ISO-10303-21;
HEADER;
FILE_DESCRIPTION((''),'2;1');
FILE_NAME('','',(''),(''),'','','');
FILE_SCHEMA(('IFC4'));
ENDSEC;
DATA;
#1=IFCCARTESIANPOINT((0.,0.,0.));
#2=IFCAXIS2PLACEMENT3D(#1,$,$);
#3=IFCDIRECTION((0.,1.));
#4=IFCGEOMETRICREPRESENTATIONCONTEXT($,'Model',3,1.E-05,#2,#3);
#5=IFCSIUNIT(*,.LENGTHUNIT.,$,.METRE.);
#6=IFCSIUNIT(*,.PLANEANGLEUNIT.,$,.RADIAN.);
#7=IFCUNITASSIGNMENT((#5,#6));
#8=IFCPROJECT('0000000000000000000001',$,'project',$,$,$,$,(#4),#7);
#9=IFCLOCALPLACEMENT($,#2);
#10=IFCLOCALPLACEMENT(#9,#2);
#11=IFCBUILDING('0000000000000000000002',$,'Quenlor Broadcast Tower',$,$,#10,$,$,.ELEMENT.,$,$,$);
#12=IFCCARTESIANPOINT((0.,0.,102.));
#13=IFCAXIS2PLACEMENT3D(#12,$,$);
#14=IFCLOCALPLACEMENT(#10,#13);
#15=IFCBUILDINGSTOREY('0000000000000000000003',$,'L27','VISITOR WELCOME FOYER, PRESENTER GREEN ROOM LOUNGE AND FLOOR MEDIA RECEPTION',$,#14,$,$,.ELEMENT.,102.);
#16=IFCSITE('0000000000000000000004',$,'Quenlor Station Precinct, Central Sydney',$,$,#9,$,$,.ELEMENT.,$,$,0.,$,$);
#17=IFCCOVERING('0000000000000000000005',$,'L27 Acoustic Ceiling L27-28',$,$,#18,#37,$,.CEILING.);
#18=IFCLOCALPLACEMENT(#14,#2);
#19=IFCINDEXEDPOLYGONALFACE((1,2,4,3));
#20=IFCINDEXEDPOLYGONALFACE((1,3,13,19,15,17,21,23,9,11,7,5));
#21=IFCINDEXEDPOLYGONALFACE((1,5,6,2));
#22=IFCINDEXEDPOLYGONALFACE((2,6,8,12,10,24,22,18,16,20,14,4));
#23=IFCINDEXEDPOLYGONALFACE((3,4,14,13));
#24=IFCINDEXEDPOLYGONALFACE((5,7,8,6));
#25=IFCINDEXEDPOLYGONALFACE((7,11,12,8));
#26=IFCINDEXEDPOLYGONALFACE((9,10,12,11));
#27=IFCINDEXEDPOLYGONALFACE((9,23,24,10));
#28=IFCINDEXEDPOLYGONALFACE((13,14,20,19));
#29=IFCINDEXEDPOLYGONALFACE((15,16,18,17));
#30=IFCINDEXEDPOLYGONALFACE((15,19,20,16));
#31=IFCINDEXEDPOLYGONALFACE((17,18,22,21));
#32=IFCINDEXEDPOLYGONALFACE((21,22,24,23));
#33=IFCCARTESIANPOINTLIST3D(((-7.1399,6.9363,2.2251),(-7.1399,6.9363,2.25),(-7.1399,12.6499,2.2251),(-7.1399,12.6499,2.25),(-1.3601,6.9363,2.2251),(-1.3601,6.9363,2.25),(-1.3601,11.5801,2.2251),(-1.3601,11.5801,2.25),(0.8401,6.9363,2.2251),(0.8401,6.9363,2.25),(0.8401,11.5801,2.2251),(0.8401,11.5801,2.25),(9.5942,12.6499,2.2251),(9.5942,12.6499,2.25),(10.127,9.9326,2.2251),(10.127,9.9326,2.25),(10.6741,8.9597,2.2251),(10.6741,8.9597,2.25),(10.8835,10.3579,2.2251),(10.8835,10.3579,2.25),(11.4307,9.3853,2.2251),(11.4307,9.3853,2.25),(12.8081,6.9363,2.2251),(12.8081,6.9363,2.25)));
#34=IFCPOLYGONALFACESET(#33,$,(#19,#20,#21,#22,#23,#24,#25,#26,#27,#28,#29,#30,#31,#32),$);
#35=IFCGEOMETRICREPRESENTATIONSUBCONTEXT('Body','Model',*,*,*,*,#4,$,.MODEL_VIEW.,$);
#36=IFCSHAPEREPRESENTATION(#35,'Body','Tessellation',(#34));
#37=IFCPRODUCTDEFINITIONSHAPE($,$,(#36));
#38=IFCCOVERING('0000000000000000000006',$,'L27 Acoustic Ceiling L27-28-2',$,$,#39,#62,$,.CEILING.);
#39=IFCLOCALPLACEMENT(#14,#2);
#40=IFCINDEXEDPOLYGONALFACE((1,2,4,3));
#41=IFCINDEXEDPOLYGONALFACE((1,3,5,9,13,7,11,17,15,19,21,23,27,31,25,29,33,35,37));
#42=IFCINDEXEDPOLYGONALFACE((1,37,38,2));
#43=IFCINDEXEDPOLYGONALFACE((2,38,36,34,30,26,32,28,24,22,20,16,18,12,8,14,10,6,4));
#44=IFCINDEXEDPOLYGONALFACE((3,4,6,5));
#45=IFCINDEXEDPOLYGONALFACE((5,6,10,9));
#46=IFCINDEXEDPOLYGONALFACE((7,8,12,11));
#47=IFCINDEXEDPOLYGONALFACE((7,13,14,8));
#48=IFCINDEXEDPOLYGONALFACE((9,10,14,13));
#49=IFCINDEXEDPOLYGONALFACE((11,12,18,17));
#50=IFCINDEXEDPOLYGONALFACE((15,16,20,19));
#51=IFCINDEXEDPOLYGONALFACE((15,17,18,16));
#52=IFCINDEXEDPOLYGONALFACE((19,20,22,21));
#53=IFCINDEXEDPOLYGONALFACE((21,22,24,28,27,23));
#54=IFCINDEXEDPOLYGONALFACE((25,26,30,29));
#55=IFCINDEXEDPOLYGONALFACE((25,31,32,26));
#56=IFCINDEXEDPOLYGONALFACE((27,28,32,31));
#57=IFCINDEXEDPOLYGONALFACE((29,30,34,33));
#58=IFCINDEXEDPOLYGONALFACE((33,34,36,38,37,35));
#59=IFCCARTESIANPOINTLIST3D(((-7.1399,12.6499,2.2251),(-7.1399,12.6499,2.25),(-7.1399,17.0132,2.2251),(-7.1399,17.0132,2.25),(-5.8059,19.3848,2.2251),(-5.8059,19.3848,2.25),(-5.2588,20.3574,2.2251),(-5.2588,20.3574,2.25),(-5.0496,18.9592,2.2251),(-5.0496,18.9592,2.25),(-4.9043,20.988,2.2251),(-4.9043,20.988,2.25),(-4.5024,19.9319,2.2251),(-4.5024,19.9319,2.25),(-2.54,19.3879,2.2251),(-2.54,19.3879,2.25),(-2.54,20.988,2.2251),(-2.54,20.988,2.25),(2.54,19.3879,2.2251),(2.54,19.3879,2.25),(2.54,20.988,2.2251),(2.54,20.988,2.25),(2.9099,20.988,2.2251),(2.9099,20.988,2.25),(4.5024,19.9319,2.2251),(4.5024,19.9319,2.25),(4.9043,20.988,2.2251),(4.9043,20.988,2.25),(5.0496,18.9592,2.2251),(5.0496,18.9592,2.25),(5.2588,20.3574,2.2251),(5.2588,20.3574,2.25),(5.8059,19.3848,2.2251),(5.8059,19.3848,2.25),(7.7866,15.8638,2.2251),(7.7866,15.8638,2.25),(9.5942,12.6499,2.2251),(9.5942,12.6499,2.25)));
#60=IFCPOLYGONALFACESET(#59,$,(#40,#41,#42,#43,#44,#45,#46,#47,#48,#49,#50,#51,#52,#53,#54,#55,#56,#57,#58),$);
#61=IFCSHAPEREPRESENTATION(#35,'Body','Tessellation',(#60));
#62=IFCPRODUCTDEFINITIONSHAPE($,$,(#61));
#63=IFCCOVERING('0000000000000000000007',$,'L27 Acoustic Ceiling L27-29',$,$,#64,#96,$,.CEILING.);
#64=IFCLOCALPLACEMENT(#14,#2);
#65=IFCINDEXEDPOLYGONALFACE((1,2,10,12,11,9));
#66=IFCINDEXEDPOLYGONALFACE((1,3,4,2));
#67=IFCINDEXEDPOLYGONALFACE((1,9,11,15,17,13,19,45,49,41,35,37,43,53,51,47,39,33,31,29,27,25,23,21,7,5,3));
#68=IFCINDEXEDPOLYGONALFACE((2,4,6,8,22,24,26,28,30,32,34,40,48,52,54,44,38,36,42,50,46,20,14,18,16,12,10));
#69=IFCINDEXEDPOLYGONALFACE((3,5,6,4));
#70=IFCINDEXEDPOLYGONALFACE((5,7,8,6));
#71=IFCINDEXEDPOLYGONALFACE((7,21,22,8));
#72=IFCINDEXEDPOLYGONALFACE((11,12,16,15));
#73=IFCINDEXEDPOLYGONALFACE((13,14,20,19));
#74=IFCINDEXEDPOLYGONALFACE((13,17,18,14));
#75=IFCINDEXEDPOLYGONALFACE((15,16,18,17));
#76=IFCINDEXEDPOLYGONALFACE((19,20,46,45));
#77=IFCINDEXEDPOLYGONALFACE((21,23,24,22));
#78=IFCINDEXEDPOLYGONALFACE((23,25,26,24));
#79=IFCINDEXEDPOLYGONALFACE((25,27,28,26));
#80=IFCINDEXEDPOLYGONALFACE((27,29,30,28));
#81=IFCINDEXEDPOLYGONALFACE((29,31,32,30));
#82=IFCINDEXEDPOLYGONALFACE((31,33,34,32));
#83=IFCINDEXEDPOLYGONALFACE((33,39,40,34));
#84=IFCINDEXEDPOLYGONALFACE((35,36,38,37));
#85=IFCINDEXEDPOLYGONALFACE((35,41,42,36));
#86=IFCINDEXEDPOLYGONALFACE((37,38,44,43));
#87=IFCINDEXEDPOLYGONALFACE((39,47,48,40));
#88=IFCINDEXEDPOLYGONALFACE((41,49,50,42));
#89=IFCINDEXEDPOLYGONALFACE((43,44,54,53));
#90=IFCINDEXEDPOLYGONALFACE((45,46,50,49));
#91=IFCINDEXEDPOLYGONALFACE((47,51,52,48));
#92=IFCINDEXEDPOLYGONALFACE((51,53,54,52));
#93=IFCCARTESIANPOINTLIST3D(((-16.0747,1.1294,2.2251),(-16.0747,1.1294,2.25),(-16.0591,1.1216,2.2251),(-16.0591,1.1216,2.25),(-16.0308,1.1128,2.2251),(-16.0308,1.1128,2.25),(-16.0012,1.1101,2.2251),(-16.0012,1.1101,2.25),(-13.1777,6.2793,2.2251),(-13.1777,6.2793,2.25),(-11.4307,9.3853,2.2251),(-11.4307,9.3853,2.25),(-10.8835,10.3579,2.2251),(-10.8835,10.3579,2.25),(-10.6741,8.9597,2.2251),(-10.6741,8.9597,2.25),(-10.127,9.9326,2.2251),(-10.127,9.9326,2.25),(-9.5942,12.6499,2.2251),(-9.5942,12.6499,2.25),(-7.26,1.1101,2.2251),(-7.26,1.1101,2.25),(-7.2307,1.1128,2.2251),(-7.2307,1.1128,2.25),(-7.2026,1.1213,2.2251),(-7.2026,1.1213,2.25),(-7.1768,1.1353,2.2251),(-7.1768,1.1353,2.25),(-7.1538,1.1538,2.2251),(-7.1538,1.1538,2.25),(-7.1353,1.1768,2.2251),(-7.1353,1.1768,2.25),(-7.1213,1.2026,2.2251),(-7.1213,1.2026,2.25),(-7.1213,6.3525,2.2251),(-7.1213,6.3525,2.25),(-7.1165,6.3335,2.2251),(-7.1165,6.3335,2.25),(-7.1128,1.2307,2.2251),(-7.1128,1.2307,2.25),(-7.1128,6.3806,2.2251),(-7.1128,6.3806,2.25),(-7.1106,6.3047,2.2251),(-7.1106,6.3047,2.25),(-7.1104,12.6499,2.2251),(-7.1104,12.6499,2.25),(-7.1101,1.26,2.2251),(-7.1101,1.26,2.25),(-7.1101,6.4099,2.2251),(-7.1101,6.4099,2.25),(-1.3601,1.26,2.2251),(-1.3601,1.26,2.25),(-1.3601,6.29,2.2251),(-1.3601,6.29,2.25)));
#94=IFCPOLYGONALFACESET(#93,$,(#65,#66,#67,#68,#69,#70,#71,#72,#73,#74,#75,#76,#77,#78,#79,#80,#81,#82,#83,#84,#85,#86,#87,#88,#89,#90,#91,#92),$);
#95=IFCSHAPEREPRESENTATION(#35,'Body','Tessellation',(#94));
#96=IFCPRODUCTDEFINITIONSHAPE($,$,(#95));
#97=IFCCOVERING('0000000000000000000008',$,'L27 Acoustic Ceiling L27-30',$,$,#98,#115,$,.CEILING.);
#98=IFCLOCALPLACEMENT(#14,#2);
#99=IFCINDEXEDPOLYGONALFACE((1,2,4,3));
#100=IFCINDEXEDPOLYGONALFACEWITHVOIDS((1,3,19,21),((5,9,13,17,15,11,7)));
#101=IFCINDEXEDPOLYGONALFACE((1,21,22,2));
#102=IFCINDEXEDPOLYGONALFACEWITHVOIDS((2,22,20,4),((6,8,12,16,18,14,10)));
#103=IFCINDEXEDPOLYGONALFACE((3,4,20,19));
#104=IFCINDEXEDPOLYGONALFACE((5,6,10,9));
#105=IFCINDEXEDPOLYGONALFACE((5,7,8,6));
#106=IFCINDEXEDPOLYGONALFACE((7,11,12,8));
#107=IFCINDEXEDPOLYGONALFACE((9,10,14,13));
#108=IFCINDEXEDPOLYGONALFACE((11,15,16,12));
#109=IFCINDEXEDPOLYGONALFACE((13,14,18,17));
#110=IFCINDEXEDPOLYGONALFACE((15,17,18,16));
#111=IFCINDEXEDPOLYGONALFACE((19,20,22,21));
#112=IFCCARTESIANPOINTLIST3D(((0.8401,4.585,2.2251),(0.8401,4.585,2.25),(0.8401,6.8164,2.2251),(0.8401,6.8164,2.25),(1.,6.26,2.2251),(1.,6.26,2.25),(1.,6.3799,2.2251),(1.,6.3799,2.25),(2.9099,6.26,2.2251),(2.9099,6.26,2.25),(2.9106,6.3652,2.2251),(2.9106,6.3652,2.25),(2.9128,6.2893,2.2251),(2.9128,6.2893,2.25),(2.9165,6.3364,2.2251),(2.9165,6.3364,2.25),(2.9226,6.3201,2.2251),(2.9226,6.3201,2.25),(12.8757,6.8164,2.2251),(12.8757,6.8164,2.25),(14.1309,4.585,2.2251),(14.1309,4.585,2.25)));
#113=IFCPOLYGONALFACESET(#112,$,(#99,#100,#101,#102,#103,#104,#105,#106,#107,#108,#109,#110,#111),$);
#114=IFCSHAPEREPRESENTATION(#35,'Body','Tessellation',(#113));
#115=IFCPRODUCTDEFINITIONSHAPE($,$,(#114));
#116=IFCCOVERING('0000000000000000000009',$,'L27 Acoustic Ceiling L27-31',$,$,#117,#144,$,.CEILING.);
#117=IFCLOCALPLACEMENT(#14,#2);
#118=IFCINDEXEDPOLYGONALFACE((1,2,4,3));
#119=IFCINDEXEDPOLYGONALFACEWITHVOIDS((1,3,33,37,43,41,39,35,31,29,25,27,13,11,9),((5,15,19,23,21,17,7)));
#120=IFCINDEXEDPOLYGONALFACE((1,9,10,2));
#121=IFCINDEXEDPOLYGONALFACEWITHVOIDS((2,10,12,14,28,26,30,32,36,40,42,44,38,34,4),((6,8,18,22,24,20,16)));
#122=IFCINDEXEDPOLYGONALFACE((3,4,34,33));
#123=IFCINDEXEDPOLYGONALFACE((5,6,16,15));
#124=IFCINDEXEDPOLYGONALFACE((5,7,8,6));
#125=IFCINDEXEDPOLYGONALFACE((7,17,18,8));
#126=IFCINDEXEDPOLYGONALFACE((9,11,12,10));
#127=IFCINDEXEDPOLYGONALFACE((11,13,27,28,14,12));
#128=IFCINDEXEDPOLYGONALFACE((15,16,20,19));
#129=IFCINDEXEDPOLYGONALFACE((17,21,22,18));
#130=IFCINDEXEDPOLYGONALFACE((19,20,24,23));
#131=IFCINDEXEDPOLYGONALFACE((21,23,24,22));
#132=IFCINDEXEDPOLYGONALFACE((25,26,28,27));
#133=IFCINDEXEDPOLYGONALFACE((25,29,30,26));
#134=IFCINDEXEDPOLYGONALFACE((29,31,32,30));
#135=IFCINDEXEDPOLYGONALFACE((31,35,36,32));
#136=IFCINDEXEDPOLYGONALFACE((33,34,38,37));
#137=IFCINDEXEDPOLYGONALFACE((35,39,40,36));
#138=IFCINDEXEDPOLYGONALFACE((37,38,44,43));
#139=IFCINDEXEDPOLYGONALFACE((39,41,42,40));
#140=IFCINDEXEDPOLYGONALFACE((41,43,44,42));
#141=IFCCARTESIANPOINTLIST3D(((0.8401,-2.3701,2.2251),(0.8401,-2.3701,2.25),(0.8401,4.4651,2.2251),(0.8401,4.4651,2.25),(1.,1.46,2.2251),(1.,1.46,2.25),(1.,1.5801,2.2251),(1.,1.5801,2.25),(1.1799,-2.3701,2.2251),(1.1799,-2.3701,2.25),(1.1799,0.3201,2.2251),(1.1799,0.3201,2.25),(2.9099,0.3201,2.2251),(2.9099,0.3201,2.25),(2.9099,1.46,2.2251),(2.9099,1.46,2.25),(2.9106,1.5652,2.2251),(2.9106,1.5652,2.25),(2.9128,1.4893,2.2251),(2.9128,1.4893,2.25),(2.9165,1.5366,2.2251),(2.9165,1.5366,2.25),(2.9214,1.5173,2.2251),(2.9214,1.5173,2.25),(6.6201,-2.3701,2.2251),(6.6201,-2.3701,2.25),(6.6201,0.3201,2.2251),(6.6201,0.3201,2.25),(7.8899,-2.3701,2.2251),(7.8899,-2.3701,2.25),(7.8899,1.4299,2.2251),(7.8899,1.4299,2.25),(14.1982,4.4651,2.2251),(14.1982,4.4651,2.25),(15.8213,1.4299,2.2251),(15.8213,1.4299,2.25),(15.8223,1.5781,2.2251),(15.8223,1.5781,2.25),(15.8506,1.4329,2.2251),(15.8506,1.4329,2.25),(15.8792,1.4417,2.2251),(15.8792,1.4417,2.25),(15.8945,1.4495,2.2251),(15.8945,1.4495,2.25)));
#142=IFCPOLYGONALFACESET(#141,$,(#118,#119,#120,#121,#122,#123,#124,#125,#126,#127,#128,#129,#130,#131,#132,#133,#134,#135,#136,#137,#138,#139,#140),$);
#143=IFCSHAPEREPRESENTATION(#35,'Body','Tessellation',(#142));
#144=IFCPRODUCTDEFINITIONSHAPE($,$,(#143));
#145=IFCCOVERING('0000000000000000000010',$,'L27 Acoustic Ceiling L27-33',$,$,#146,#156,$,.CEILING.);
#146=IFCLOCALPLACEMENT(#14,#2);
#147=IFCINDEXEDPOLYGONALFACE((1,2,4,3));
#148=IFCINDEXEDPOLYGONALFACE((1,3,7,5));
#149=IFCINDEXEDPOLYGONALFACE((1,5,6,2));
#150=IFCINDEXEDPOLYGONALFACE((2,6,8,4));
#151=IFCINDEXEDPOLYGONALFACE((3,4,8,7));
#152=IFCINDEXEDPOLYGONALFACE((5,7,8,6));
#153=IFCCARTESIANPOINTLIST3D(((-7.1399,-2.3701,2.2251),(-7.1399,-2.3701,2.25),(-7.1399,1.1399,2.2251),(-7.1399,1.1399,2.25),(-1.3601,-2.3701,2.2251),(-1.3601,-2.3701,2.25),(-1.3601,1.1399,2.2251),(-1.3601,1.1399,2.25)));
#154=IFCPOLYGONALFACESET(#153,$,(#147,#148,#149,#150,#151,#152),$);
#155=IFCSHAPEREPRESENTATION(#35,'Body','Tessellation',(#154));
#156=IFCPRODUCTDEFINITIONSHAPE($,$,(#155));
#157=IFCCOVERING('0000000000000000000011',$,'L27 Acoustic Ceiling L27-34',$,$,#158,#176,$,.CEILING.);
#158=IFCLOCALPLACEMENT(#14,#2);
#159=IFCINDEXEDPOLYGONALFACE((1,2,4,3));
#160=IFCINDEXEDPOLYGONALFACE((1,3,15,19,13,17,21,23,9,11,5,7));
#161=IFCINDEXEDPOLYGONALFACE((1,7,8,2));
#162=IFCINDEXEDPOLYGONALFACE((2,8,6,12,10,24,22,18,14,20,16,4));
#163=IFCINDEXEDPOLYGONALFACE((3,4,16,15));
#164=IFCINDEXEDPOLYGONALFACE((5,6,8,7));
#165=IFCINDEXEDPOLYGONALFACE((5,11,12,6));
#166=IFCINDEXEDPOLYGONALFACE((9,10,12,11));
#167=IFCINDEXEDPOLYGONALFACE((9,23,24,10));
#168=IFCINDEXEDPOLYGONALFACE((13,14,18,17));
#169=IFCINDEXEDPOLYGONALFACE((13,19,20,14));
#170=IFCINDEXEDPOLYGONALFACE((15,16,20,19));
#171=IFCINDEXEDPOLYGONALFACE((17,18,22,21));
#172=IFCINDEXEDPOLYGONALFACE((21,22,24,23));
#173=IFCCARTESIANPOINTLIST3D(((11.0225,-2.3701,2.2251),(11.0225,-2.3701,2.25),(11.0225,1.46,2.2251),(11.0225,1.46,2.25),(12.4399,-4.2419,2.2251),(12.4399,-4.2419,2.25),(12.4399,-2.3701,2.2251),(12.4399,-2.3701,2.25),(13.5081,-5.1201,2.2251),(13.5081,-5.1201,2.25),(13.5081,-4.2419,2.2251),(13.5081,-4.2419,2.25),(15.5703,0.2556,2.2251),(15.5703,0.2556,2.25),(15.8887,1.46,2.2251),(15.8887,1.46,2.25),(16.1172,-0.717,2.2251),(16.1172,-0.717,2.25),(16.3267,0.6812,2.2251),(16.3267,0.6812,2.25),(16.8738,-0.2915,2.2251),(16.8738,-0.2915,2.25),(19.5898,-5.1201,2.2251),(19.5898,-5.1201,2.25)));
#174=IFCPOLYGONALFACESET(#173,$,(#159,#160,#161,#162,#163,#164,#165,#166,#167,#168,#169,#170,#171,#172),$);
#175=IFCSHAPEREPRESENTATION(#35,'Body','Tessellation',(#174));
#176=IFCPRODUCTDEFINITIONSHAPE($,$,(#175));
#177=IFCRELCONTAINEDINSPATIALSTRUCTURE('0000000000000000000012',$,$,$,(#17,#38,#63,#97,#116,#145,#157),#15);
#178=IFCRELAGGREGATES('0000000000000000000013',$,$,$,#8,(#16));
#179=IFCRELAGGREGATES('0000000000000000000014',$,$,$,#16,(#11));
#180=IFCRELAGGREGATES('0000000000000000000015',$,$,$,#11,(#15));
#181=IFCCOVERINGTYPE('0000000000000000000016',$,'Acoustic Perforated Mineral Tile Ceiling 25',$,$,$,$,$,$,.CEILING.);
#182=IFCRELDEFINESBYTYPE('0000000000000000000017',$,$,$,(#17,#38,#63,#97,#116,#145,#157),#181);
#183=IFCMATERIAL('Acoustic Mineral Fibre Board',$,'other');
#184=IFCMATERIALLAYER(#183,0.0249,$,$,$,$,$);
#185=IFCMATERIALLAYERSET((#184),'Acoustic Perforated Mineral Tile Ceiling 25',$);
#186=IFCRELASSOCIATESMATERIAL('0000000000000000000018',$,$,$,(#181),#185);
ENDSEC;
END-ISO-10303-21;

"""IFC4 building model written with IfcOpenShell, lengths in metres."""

from ifc_helpers import new_model, si_unit, direction, frame, origin, place, context, subcontext, project, spatial, polyline, outline, extrude, material, layer, layer_set, type_object, element, save


model = new_model("IFC4")

# Units and contexts
model_context = context("Model", 3, precision=1e-05, world=origin(), true_north=direction((0.0, 1.0)))
body_context = subcontext(model_context, "Body", "Model", "MODEL_VIEW")
ifc_project = project(units=[si_unit("LENGTHUNIT", "METRE"), si_unit("PLANEANGLEUNIT", "RADIAN")], contexts=[model_context])

# Site, building, storey
site_placement = place(None, origin())
site = spatial("IfcSite", under=ifc_project, at=site_placement, Name="Quenlor Station Precinct, Central Sydney", CompositionType="ELEMENT", RefElevation=0.0)
building_placement = place(site_placement, origin())
building = spatial("IfcBuilding", under=site, at=building_placement, Name="Quenlor Broadcast Tower", CompositionType="ELEMENT")
storey_placement = place(building_placement, frame((0.0, 0.0, 102.0)))
storey = spatial("IfcBuildingStorey", under=building, at=storey_placement, Name="L27", Description="VISITOR WELCOME FOYER, PRESENTER GREEN ROOM LOUNGE AND FLOOR MEDIA RECEPTION", CompositionType="ELEMENT", Elevation=102.0)

# Coverings
ifc_material_1 = material(Name="Acoustic Mineral Fibre Board", Category="other")
ifc_layer_1 = layer(ifc_material_1, 0.0249)
ifc_layer_set_1 = layer_set([ifc_layer_1], Name="Acoustic Perforated Mineral Tile Ceiling 25")
covering_type_1 = type_object("IfcCoveringType", Name="Acoustic Perforated Mineral Tile Ceiling 25", PredefinedType="CEILING", material=ifc_layer_set_1)
covering_1_placement = place(storey_placement, frame((0.0, 0.0, 2.2251)))
element("IfcCovering", 1, at=covering_1_placement, inside=storey, type_object=covering_type_1, Name="L27 Acoustic Ceiling L27-28", PredefinedType="CEILING", context=body_context, shape_type="SweptSolid", body=[
    extrude(outline(polyline([(-7.1399, 12.6499), (9.5942, 12.6499), (10.8835, 10.3579), (10.127, 9.9326), (10.6741, 8.9597), (11.4307, 9.3853), (12.8081, 6.9363), (0.8401, 6.9363), (0.8401, 11.5801), (-1.3601, 11.5801), (-1.3601, 6.9363), (-7.1399, 6.9363), (-7.1399, 12.6499)])), origin(), (0.0, 0.0, 1.0), 0.0249),
])
covering_2_placement = place(storey_placement, frame((0.0, 0.0, 2.2251)))
element("IfcCovering", 2, at=covering_2_placement, inside=storey, type_object=covering_type_1, Name="L27 Acoustic Ceiling L27-28-2", PredefinedType="CEILING", context=body_context, shape_type="SweptSolid", body=[
    extrude(outline(polyline([(-7.1399, 17.0132), (-5.8059, 19.3848), (-5.0496, 18.9592), (-4.5024, 19.9319), (-5.2588, 20.3574), (-4.9043, 20.988), (-2.54, 20.988), (-2.54, 19.3879), (2.54, 19.3879), (2.54, 20.988), (2.9099, 20.988), (4.9043, 20.988), (5.2588, 20.3574), (4.5024, 19.9319), (5.0496, 18.9592), (5.8059, 19.3848), (7.7866, 15.8638), (9.5942, 12.6499), (-7.1399, 12.6499), (-7.1399, 17.0132)])), origin(), (0.0, 0.0, 1.0), 0.0249),
])
covering_3_placement = place(storey_placement, frame((0.0, 0.0, 2.2251)))
element("IfcCovering", 3, at=covering_3_placement, inside=storey, type_object=covering_type_1, Name="L27 Acoustic Ceiling L27-29", PredefinedType="CEILING", context=body_context, shape_type="SweptSolid", body=[
    extrude(outline(polyline([(-7.1538, 1.1538), (-7.1768, 1.1353), (-7.2026, 1.1213), (-7.2307, 1.1128), (-7.26, 1.1101), (-16.0012, 1.1101), (-16.0308, 1.1128), (-16.0591, 1.1216), (-16.0747, 1.1294), (-13.1777, 6.2793), (-11.4307, 9.3853), (-10.6741, 8.9597), (-10.127, 9.9326), (-10.8835, 10.3579), (-9.5942, 12.6499), (-7.1104, 12.6499), (-7.1101, 6.4099), (-7.1128, 6.3806), (-7.1213, 6.3525), (-7.1165, 6.3335), (-7.1106, 6.3047), (-1.3601, 6.29), (-1.3601, 1.26), (-7.1101, 1.26), (-7.1128, 1.2307), (-7.1213, 1.2026), (-7.1353, 1.1768), (-7.1538, 1.1538)])), origin(), (0.0, 0.0, 1.0), 0.0249),
])
covering_4_placement = place(storey_placement, frame((0.0, 0.0, 2.2251)))
element("IfcCovering", 4, at=covering_4_placement, inside=storey, type_object=covering_type_1, Name="L27 Acoustic Ceiling L27-30", PredefinedType="CEILING", context=body_context, shape_type="SweptSolid", body=[
    extrude(outline(polyline([(12.8757, 6.8164), (14.1309, 4.585), (0.8401, 4.585), (0.8401, 6.8164), (12.8757, 6.8164)]), holes=[polyline([(2.9106, 6.3652), (1.0, 6.3799), (1.0, 6.26), (2.9099, 6.26), (2.9128, 6.2893), (2.9226, 6.3201), (2.9165, 6.3364), (2.9106, 6.3652)])]), origin(), (0.0, 0.0, 1.0), 0.0249),
])
covering_5_placement = place(storey_placement, frame((0.0, 0.0, 2.2251)))
element("IfcCovering", 5, at=covering_5_placement, inside=storey, type_object=covering_type_1, Name="L27 Acoustic Ceiling L27-31", PredefinedType="CEILING", context=body_context, shape_type="SweptSolid", body=[
    extrude(outline(polyline([(15.8945, 1.4495), (15.8792, 1.4417), (15.8506, 1.4329), (15.8213, 1.4299), (7.8899, 1.4299), (7.8899, -2.3701), (6.6201, -2.3701), (6.6201, 0.3201), (2.9099, 0.3201), (1.1799, 0.3201), (1.1799, -2.3701), (0.8401, -2.3701), (0.8401, 4.4651), (14.1982, 4.4651), (15.8223, 1.5781), (15.8945, 1.4495)]), holes=[polyline([(1.0, 1.46), (2.9099, 1.46), (2.9128, 1.4893), (2.9214, 1.5173), (2.9165, 1.5366), (2.9106, 1.5652), (1.0, 1.5801), (1.0, 1.46)])]), origin(), (0.0, 0.0, 1.0), 0.0249),
])
covering_6_placement = place(storey_placement, frame((0.0, 0.0, 2.2251)))
element("IfcCovering", 6, at=covering_6_placement, inside=storey, type_object=covering_type_1, Name="L27 Acoustic Ceiling L27-33", PredefinedType="CEILING", context=body_context, shape_type="SweptSolid", body=[
    extrude(outline(polyline([(-1.3601, 1.1399), (-1.3601, -2.3701), (-7.1399, -2.3701), (-7.1399, 1.1399), (-1.3601, 1.1399)])), origin(), (0.0, 0.0, 1.0), 0.0249),
])
covering_7_placement = place(storey_placement, frame((0.0, 0.0, 2.2251)))
element("IfcCovering", 7, at=covering_7_placement, inside=storey, type_object=covering_type_1, Name="L27 Acoustic Ceiling L27-34", PredefinedType="CEILING", context=body_context, shape_type="SweptSolid", body=[
    extrude(outline(polyline([(11.0225, 1.46), (15.8887, 1.46), (16.3267, 0.6812), (15.5703, 0.2556), (16.1172, -0.717), (16.8738, -0.2915), (19.5898, -5.1201), (13.5081, -5.1201), (13.5081, -4.2419), (12.4399, -4.2419), (12.4399, -2.3701), (11.0225, -2.3701), (11.0225, 1.46)])), origin(), (0.0, 0.0, 1.0), 0.0249),
])

save(model, "model.ifc")
